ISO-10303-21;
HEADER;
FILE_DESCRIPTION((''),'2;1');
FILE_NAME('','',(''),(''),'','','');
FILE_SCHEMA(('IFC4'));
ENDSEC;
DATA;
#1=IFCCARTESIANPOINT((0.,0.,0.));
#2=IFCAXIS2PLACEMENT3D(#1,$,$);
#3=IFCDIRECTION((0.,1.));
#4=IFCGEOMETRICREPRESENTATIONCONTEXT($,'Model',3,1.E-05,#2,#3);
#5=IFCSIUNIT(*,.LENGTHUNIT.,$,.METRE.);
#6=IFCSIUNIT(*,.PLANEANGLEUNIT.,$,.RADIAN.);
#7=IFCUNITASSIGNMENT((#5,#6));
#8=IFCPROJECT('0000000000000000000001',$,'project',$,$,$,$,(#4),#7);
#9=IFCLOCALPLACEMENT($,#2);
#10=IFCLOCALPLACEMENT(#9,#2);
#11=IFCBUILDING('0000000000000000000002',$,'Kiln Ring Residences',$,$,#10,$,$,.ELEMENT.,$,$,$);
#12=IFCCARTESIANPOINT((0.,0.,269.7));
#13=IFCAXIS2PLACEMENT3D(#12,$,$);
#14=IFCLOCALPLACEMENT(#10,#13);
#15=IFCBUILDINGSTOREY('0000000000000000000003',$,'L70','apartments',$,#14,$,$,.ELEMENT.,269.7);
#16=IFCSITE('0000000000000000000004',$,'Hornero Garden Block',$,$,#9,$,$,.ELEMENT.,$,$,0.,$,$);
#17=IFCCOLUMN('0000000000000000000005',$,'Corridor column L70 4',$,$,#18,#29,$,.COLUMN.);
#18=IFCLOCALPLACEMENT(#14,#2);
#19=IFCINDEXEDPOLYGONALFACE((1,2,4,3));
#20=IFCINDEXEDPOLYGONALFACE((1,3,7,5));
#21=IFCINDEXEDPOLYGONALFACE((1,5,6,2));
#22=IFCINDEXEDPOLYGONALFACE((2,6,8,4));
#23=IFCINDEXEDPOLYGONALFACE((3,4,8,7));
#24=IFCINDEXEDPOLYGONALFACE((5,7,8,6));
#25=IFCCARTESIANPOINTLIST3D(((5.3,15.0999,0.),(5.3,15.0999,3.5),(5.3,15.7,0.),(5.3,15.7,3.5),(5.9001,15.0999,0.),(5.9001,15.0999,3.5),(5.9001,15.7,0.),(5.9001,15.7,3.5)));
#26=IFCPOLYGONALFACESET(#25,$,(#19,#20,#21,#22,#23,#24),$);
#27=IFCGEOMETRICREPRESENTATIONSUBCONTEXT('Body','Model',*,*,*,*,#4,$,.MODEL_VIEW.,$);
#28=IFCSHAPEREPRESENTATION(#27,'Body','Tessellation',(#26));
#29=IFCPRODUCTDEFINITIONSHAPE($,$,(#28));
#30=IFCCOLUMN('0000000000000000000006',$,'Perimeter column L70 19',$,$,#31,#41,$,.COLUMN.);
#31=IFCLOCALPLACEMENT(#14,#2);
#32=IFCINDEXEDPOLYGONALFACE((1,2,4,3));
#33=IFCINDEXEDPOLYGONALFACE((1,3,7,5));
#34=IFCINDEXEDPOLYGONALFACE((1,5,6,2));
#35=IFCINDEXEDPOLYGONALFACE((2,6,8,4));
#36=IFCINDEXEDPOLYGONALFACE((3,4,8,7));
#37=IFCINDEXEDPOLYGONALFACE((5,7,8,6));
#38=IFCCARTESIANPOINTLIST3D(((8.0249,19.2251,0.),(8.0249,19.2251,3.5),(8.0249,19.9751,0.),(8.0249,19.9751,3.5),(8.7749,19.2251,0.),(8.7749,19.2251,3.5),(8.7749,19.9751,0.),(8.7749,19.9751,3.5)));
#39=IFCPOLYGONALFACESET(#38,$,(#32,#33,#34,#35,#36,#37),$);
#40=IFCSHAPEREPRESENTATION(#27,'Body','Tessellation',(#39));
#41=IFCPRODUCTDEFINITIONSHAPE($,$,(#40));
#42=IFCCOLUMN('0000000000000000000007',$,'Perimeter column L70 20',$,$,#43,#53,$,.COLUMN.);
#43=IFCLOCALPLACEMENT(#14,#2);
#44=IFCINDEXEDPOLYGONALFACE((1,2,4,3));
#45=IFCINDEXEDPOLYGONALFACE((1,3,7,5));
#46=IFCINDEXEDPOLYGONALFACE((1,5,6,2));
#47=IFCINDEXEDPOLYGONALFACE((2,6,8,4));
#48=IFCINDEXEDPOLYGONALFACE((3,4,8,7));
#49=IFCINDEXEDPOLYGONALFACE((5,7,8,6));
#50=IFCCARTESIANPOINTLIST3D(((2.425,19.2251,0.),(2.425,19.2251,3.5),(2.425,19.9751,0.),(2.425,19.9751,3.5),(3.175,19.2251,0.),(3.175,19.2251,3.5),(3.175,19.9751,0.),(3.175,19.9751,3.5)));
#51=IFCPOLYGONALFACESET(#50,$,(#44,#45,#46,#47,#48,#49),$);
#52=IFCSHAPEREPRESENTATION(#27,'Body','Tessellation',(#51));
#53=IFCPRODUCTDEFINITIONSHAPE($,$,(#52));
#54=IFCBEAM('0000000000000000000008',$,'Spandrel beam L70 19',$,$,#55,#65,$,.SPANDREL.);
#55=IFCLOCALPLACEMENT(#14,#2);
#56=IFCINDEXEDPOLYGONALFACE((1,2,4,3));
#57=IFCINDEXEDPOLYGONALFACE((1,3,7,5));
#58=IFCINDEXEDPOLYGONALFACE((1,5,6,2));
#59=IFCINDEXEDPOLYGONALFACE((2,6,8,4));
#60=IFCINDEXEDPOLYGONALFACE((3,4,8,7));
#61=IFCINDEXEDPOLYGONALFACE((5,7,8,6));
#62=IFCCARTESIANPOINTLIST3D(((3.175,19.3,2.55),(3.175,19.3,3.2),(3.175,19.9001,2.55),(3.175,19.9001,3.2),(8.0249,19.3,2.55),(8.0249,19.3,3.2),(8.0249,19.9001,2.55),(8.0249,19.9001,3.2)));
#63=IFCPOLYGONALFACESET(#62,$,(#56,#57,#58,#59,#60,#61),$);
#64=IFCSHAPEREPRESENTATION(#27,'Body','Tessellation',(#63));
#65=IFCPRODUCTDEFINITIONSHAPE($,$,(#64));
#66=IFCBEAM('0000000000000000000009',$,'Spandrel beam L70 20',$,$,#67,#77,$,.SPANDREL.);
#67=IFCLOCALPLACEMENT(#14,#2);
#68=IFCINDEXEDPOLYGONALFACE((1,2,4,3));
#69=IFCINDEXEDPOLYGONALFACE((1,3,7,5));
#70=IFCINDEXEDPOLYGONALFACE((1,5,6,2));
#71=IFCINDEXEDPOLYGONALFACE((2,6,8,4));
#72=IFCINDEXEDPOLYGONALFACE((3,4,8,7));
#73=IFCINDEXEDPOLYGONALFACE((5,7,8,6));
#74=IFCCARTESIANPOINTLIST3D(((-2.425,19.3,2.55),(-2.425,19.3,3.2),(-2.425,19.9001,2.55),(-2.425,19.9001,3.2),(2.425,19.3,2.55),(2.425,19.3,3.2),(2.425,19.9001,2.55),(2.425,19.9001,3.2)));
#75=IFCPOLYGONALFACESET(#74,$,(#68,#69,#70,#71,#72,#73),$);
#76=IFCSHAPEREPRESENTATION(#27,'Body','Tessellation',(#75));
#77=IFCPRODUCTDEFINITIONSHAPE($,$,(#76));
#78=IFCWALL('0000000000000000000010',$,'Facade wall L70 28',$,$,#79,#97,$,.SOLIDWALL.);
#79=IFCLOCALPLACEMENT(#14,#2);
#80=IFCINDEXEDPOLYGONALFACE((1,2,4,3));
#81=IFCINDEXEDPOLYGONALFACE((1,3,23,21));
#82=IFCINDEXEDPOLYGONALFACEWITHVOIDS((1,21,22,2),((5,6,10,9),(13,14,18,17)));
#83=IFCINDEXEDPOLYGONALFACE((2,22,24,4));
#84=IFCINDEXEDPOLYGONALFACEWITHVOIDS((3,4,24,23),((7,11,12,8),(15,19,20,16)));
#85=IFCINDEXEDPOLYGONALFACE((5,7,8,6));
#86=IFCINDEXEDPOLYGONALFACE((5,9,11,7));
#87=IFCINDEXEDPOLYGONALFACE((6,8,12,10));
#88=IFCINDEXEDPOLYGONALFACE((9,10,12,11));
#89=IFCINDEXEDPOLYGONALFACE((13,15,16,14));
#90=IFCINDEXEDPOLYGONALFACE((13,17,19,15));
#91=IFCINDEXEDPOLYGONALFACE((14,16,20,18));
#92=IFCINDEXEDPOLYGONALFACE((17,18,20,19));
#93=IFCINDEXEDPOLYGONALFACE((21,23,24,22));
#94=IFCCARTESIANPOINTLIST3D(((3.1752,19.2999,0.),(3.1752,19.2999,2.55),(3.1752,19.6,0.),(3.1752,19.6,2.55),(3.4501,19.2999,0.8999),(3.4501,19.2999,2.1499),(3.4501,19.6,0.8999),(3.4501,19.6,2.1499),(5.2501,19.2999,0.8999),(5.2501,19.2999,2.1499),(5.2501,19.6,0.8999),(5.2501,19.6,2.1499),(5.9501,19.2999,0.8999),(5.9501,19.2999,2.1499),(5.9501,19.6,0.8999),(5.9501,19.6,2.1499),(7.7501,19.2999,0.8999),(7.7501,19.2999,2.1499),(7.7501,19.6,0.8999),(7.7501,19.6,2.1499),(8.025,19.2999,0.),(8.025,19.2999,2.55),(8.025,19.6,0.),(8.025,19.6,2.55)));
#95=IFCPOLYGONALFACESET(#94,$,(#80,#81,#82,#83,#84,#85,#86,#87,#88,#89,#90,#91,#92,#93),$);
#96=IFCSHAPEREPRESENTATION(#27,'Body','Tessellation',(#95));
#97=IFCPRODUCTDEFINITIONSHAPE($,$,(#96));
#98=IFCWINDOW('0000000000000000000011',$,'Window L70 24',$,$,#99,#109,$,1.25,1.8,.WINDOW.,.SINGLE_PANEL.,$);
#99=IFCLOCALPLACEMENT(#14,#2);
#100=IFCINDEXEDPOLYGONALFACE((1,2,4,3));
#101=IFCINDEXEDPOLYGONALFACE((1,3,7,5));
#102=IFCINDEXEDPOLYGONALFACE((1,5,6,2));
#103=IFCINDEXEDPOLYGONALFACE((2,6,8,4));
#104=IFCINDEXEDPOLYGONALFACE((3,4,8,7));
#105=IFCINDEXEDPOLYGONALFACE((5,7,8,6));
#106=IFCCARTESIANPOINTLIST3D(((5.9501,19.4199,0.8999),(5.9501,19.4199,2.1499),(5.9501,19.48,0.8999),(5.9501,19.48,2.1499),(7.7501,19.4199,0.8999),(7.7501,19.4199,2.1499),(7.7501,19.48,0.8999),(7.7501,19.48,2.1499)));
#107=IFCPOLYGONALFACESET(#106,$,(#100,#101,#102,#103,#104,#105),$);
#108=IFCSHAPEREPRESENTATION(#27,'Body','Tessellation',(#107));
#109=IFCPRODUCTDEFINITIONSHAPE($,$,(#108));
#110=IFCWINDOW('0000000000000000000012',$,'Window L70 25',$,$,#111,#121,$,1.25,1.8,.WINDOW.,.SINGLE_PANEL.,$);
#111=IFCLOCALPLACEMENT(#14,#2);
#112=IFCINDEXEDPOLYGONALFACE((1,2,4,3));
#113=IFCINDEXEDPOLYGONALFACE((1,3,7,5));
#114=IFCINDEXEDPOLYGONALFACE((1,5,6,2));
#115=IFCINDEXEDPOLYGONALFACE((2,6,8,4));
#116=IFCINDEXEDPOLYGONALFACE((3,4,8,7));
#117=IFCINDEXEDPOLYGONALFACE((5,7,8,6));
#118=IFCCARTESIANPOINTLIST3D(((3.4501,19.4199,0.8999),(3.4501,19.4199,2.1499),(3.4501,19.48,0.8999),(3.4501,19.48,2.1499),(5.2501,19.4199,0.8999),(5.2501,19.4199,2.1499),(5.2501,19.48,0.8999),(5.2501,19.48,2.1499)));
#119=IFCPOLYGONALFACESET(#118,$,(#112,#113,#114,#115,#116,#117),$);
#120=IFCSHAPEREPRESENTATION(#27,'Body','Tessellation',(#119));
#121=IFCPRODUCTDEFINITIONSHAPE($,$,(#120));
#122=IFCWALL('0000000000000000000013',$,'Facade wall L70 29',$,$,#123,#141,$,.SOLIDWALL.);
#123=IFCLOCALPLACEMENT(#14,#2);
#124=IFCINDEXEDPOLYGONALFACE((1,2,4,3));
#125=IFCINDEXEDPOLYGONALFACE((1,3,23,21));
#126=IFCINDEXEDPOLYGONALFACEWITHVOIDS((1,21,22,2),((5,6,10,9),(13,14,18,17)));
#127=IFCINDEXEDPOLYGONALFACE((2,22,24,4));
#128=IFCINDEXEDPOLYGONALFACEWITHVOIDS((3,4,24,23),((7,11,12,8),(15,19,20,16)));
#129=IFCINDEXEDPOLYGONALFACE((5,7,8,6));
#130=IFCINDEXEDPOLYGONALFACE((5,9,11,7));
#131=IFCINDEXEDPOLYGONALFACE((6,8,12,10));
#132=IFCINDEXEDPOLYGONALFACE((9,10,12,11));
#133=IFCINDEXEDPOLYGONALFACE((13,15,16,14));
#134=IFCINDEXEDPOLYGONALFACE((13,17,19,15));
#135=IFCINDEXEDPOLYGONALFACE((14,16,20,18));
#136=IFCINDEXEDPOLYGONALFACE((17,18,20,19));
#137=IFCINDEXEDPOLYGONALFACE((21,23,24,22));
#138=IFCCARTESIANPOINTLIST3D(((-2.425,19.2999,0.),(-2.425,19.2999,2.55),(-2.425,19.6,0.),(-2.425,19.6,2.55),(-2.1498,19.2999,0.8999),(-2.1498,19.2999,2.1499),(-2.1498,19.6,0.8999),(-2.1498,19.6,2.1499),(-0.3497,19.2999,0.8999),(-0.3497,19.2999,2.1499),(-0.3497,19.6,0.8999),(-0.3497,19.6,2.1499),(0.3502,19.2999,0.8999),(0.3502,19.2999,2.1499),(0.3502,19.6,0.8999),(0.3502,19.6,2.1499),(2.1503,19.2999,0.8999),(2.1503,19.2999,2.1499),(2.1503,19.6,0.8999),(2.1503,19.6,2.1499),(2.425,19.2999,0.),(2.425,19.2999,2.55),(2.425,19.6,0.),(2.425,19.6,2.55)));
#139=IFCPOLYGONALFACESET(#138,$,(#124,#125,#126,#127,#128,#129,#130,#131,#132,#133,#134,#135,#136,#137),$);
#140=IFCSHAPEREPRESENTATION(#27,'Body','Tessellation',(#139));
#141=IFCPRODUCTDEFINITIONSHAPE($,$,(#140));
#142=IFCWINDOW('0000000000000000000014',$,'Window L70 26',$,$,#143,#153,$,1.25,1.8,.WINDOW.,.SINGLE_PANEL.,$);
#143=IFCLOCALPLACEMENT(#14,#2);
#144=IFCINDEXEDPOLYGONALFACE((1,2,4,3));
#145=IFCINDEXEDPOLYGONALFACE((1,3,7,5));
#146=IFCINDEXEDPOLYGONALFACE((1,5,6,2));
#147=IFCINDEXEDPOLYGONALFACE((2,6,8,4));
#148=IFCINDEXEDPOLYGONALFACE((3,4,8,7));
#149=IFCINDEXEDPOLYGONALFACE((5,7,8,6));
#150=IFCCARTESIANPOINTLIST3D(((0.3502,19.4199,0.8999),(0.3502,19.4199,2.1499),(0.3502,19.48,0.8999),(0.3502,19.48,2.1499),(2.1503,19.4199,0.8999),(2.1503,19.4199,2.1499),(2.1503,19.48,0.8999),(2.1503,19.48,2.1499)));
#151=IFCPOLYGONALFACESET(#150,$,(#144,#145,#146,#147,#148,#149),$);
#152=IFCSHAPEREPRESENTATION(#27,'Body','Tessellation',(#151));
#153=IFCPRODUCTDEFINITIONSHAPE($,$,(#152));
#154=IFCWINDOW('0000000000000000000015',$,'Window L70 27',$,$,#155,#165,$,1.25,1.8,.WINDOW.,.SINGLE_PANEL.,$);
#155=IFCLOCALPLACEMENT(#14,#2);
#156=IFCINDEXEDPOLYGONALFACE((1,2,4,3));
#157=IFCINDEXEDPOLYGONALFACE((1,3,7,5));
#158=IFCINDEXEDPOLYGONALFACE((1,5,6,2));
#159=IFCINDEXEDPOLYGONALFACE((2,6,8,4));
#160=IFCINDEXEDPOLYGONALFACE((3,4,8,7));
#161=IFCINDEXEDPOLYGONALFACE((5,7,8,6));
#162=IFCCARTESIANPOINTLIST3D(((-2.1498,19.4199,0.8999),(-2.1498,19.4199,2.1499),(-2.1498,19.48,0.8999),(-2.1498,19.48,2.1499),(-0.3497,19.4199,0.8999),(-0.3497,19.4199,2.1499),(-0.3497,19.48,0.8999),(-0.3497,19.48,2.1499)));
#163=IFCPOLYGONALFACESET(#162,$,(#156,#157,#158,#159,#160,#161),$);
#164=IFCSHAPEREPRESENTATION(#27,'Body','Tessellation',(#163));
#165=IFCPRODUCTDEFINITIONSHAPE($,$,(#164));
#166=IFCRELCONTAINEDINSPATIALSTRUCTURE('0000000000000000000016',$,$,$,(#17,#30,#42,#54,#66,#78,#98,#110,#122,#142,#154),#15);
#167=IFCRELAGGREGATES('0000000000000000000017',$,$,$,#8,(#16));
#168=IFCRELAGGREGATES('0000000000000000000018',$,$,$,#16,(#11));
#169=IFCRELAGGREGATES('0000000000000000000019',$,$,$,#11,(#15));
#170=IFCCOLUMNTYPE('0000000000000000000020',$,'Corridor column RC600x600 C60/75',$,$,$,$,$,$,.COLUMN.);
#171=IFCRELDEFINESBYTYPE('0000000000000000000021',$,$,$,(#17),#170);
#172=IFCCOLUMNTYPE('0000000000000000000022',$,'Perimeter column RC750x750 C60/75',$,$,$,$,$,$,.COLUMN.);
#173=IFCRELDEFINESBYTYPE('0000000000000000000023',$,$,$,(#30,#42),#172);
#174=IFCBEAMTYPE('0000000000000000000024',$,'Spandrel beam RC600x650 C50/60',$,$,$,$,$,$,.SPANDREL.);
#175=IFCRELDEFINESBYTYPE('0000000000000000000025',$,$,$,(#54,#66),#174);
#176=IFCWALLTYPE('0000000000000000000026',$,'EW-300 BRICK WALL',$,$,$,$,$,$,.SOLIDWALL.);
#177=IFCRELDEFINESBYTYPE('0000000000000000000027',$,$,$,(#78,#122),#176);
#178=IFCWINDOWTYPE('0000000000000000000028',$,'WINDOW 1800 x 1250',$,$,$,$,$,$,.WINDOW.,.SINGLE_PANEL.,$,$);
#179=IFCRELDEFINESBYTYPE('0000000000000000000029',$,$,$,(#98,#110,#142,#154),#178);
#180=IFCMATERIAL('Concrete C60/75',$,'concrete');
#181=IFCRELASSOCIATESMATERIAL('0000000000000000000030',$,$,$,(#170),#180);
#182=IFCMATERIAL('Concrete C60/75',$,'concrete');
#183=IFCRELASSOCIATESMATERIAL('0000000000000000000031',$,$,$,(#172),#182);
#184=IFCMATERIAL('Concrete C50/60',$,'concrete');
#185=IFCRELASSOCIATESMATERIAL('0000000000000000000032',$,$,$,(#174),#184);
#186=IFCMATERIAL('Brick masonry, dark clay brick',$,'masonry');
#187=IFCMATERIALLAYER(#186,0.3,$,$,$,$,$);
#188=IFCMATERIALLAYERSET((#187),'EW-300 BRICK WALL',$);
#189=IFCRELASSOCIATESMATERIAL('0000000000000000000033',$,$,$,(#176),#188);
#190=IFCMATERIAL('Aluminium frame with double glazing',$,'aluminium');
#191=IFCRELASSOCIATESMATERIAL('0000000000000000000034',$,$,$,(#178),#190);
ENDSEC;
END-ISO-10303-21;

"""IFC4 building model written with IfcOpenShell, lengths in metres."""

from ifc_helpers import new_model, si_unit, direction, frame, frame_2d, origin, origin_2d, place, context, subcontext, project, spatial, rectangle, extrude, material, layer, layer_set, material_profile, profile_set, type_object, element, fill, save


model = new_model("IFC4")

# Units and contexts
model_context = context("Model", 3, precision=1e-05, world=origin(), true_north=direction((0.0, 1.0)))
body_context = subcontext(model_context, "Body", "Model", "MODEL_VIEW")
ifc_project = project(units=[si_unit("LENGTHUNIT", "METRE"), si_unit("PLANEANGLEUNIT", "RADIAN")], contexts=[model_context])

# Site, building, storey
site_placement = place(None, origin())
site = spatial("IfcSite", under=ifc_project, at=site_placement, Name="Hornero Garden Block", CompositionType="ELEMENT", RefElevation=0.0)
building_placement = place(site_placement, origin())
building = spatial("IfcBuilding", under=site, at=building_placement, Name="Kiln Ring Residences", CompositionType="ELEMENT")
storey_placement = place(building_placement, frame((0.0, 0.0, 269.7)))
storey = spatial("IfcBuildingStorey", under=building, at=storey_placement, Name="L70", Description="apartments", CompositionType="ELEMENT", Elevation=269.7)

# Columns
ifc_material_1 = material(Name="Concrete C60/75", Category="concrete")
ifc_material_profile_1 = material_profile(ifc_material_1, rectangle(XDim=0.6001, YDim=0.6001, at=origin_2d()), Name="RC600x600")
ifc_profile_set_1 = profile_set([ifc_material_profile_1], Name="Concrete C60/75")
column_type_1 = type_object("IfcColumnType", Name="Corridor column RC600x600 C60/75", PredefinedType="COLUMN", material=ifc_profile_set_1)
column_placement = place(storey_placement, frame((5.6001, 15.3999, 0.0), z_axis=(0.0, 0.0, 1.0), x_axis=(1.0, 0.0, 0.0)))
element("IfcColumn", 1, at=column_placement, inside=storey, type_object=column_type_1, Name="Corridor column L70 4", PredefinedType="COLUMN", context=body_context, shape_type="SweptSolid", body=[
    extrude(rectangle(XDim=0.6001, YDim=0.6001, at=origin_2d()), origin(), (0.0, 0.0, 1.0), 3.5),
])
ifc_material_2 = material(Name="Concrete C60/75", Category="concrete")
ifc_material_profile_2 = material_profile(ifc_material_2, rectangle(XDim=0.75, YDim=0.75, at=origin_2d()), Name="RC750x750")
ifc_profile_set_2 = profile_set([ifc_material_profile_2], Name="Concrete C60/75")
column_type_2 = type_object("IfcColumnType", Name="Perimeter column RC750x750 C60/75", PredefinedType="COLUMN", material=ifc_profile_set_2)
for number, where, z_axis, x_axis, name in (
    (2, (8.3999, 19.6001, 0.0), (0.0, 0.0, 1.0), (1.0, 0.0, 0.0), "Perimeter column L70 19"),
    (3, (2.8, 19.6001, 0.0), (0.0, 0.0, 1.0), (1.0, 0.0, 0.0), "Perimeter column L70 20"),
):
    element("IfcColumn", number, at=place(storey_placement, frame(where, z_axis=z_axis, x_axis=x_axis)), inside=storey, type_object=column_type_2, Name=name, PredefinedType="COLUMN", context=body_context, shape_type="SweptSolid", body=[
        extrude(rectangle(XDim=0.75, YDim=0.75, at=origin_2d()), origin(), (0.0, 0.0, 1.0), 3.5),
    ])

# Beams
ifc_material_3 = material(Name="Concrete C50/60", Category="concrete")
ifc_material_profile_3 = material_profile(ifc_material_3, rectangle(XDim=0.6001, YDim=0.6499, at=origin_2d()), Name="RC600x650")
ifc_profile_set_3 = profile_set([ifc_material_profile_3], Name="Concrete C50/60")
beam_type = type_object("IfcBeamType", Name="Spandrel beam RC600x650 C50/60", PredefinedType="SPANDREL", material=ifc_profile_set_3)
beam_1_placement = place(storey_placement, frame((8.0249, 19.6001, 2.875), z_axis=(-1.0, 0.0, 0.0), x_axis=(0.0, -1.0, 0.0)))
element("IfcBeam", 4, at=beam_1_placement, inside=storey, type_object=beam_type, Name="Spandrel beam L70 19", PredefinedType="SPANDREL", context=body_context, shape_type="SweptSolid", body=[
    extrude(rectangle(XDim=0.6001, YDim=0.6499, at=origin_2d()), origin(), (0.0, 0.0, 1.0), 4.8499),
])
beam_2_placement = place(storey_placement, frame((2.425, 19.6001, 2.875), z_axis=(-1.0, 0.0, 0.0), x_axis=(0.0, -1.0, 0.0)))
element("IfcBeam", 5, at=beam_2_placement, inside=storey, type_object=beam_type, Name="Spandrel beam L70 20", PredefinedType="SPANDREL", context=body_context, shape_type="SweptSolid", body=[
    extrude(rectangle(XDim=0.6001, YDim=0.6499, at=origin_2d()), origin(), (0.0, 0.0, 1.0), 4.8501),
])

# Walls, openings, windows
ifc_material_4 = material(Name="Brick masonry, dark clay brick", Category="masonry")
ifc_layer_1 = layer(ifc_material_4, 0.3)
ifc_layer_set_1 = layer_set([ifc_layer_1], Name="EW-300 BRICK WALL")
wall_type_1 = type_object("IfcWallType", Name="EW-300 BRICK WALL", PredefinedType="SOLIDWALL", material=ifc_layer_set_1)
wall_1_placement = place(storey_placement, frame((8.0249, 19.45, 0.0), z_axis=(0.0, 0.0, 1.0), x_axis=(-1.0, 0.0, 0.0)))
wall_1 = element("IfcWall", 6, at=wall_1_placement, inside=storey, type_object=wall_type_1, Name="Facade wall L70 28", PredefinedType="SOLIDWALL", context=body_context, shape_type="SweptSolid", body=[
    extrude(rectangle(XDim=4.8499, YDim=0.3, at=frame_2d((2.4248, 0.0))), origin(), (0.0, 0.0, 1.0), 2.55),
])
opening_1_placement = place(wall_1_placement, frame((0.2749, 0.0, 0.8999)))
opening_1 = element("IfcOpeningElement", 7, at=opening_1_placement, cuts=wall_1, PredefinedType="OPENING", context=body_context, shape_type="SweptSolid", body=[
    extrude(rectangle(XDim=1.8, YDim=1.25, at=frame_2d((0.8999, 0.625))), frame((0.0, 0.1599, 0.0), z_axis=(0.0, -1.0, 0.0), x_axis=(1.0, 0.0, 0.0)), (0.0, 0.0, 1.0), 0.3201),
])
opening_2_placement = place(wall_1_placement, frame((2.7749, 0.0, 0.8999)))
opening_2 = element("IfcOpeningElement", 8, at=opening_2_placement, cuts=wall_1, PredefinedType="OPENING", context=body_context, shape_type="SweptSolid", body=[
    extrude(rectangle(XDim=1.8, YDim=1.25, at=frame_2d((0.8999, 0.625))), frame((0.0, 0.1599, 0.0), z_axis=(0.0, -1.0, 0.0), x_axis=(1.0, 0.0, 0.0)), (0.0, 0.0, 1.0), 0.3201),
])
ifc_material_5 = material(Name="Aluminium frame with double glazing", Category="aluminium")
window_type = type_object("IfcWindowType", Name="WINDOW 1800 x 1250", PartitioningType="SINGLE_PANEL", PredefinedType="WINDOW", material=ifc_material_5)
window_1_placement = place(opening_1_placement, origin())
window_1 = element("IfcWindow", 9, at=window_1_placement, inside=storey, type_object=window_type, Name="Window L70 24", OverallHeight=1.25, OverallWidth=1.8, PartitioningType="SINGLE_PANEL", PredefinedType="WINDOW", context=body_context, shape_type="SweptSolid", body=[
    extrude(rectangle(XDim=1.8, YDim=1.25, at=frame_2d((0.8999, 0.625))), frame((0.0, 0.03, 0.0), z_axis=(0.0, -1.0, 0.0), x_axis=(1.0, 0.0, 0.0)), (0.0, 0.0, 1.0), 0.0601),
])
fill(opening_1, window_1)
window_2_placement = place(opening_2_placement, origin())
window_2 = element("IfcWindow", 10, at=window_2_placement, inside=storey, type_object=window_type, Name="Window L70 25", OverallHeight=1.25, OverallWidth=1.8, PartitioningType="SINGLE_PANEL", PredefinedType="WINDOW", context=body_context, shape_type="SweptSolid", body=[
    extrude(rectangle(XDim=1.8, YDim=1.25, at=frame_2d((0.8999, 0.625))), frame((0.0, 0.03, 0.0), z_axis=(0.0, -1.0, 0.0), x_axis=(1.0, 0.0, 0.0)), (0.0, 0.0, 1.0), 0.0601),
])
fill(opening_2, window_2)
wall_2_placement = place(storey_placement, frame((2.425, 19.45, 0.0), z_axis=(0.0, 0.0, 1.0), x_axis=(-1.0, 0.0, 0.0)))
wall_2 = element("IfcWall", 11, at=wall_2_placement, inside=storey, type_object=wall_type_1, Name="Facade wall L70 29", PredefinedType="SOLIDWALL", context=body_context, shape_type="SweptSolid", body=[
    extrude(rectangle(XDim=4.8501, YDim=0.3, at=frame_2d((2.425, 0.0))), origin(), (0.0, 0.0, 1.0), 2.55),
])
opening_3_placement = place(wall_2_placement, frame((0.2749, 0.0, 0.8999)))
opening_3 = element("IfcOpeningElement", 12, at=opening_3_placement, cuts=wall_2, PredefinedType="OPENING", context=body_context, shape_type="SweptSolid", body=[
    extrude(rectangle(XDim=1.8, YDim=1.25, at=frame_2d((0.8999, 0.625))), frame((0.0, 0.1599, 0.0), z_axis=(0.0, -1.0, 0.0), x_axis=(1.0, 0.0, 0.0)), (0.0, 0.0, 1.0), 0.3201),
])
opening_4_placement = place(wall_2_placement, frame((2.7749, 0.0, 0.8999)))
opening_4 = element("IfcOpeningElement", 13, at=opening_4_placement, cuts=wall_2, PredefinedType="OPENING", context=body_context, shape_type="SweptSolid", body=[
    extrude(rectangle(XDim=1.8, YDim=1.25, at=frame_2d((0.8999, 0.625))), frame((0.0, 0.1599, 0.0), z_axis=(0.0, -1.0, 0.0), x_axis=(1.0, 0.0, 0.0)), (0.0, 0.0, 1.0), 0.3201),
])
window_3_placement = place(opening_3_placement, origin())
window_3 = element("IfcWindow", 14, at=window_3_placement, inside=storey, type_object=window_type, Name="Window L70 26", OverallHeight=1.25, OverallWidth=1.8, PartitioningType="SINGLE_PANEL", PredefinedType="WINDOW", context=body_context, shape_type="SweptSolid", body=[
    extrude(rectangle(XDim=1.8, YDim=1.25, at=frame_2d((0.8999, 0.625))), frame((0.0, 0.03, 0.0), z_axis=(0.0, -1.0, 0.0), x_axis=(1.0, 0.0, 0.0)), (0.0, 0.0, 1.0), 0.0601),
])
fill(opening_3, window_3)
window_4_placement = place(opening_4_placement, origin())
window_4 = element("IfcWindow", 15, at=window_4_placement, inside=storey, type_object=window_type, Name="Window L70 27", OverallHeight=1.25, OverallWidth=1.8, PartitioningType="SINGLE_PANEL", PredefinedType="WINDOW", context=body_context, shape_type="SweptSolid", body=[
    extrude(rectangle(XDim=1.8, YDim=1.25, at=frame_2d((0.8999, 0.625))), frame((0.0, 0.03, 0.0), z_axis=(0.0, -1.0, 0.0), x_axis=(1.0, 0.0, 0.0)), (0.0, 0.0, 1.0), 0.0601),
])
fill(opening_4, window_4)

save(model, "model.ifc")
